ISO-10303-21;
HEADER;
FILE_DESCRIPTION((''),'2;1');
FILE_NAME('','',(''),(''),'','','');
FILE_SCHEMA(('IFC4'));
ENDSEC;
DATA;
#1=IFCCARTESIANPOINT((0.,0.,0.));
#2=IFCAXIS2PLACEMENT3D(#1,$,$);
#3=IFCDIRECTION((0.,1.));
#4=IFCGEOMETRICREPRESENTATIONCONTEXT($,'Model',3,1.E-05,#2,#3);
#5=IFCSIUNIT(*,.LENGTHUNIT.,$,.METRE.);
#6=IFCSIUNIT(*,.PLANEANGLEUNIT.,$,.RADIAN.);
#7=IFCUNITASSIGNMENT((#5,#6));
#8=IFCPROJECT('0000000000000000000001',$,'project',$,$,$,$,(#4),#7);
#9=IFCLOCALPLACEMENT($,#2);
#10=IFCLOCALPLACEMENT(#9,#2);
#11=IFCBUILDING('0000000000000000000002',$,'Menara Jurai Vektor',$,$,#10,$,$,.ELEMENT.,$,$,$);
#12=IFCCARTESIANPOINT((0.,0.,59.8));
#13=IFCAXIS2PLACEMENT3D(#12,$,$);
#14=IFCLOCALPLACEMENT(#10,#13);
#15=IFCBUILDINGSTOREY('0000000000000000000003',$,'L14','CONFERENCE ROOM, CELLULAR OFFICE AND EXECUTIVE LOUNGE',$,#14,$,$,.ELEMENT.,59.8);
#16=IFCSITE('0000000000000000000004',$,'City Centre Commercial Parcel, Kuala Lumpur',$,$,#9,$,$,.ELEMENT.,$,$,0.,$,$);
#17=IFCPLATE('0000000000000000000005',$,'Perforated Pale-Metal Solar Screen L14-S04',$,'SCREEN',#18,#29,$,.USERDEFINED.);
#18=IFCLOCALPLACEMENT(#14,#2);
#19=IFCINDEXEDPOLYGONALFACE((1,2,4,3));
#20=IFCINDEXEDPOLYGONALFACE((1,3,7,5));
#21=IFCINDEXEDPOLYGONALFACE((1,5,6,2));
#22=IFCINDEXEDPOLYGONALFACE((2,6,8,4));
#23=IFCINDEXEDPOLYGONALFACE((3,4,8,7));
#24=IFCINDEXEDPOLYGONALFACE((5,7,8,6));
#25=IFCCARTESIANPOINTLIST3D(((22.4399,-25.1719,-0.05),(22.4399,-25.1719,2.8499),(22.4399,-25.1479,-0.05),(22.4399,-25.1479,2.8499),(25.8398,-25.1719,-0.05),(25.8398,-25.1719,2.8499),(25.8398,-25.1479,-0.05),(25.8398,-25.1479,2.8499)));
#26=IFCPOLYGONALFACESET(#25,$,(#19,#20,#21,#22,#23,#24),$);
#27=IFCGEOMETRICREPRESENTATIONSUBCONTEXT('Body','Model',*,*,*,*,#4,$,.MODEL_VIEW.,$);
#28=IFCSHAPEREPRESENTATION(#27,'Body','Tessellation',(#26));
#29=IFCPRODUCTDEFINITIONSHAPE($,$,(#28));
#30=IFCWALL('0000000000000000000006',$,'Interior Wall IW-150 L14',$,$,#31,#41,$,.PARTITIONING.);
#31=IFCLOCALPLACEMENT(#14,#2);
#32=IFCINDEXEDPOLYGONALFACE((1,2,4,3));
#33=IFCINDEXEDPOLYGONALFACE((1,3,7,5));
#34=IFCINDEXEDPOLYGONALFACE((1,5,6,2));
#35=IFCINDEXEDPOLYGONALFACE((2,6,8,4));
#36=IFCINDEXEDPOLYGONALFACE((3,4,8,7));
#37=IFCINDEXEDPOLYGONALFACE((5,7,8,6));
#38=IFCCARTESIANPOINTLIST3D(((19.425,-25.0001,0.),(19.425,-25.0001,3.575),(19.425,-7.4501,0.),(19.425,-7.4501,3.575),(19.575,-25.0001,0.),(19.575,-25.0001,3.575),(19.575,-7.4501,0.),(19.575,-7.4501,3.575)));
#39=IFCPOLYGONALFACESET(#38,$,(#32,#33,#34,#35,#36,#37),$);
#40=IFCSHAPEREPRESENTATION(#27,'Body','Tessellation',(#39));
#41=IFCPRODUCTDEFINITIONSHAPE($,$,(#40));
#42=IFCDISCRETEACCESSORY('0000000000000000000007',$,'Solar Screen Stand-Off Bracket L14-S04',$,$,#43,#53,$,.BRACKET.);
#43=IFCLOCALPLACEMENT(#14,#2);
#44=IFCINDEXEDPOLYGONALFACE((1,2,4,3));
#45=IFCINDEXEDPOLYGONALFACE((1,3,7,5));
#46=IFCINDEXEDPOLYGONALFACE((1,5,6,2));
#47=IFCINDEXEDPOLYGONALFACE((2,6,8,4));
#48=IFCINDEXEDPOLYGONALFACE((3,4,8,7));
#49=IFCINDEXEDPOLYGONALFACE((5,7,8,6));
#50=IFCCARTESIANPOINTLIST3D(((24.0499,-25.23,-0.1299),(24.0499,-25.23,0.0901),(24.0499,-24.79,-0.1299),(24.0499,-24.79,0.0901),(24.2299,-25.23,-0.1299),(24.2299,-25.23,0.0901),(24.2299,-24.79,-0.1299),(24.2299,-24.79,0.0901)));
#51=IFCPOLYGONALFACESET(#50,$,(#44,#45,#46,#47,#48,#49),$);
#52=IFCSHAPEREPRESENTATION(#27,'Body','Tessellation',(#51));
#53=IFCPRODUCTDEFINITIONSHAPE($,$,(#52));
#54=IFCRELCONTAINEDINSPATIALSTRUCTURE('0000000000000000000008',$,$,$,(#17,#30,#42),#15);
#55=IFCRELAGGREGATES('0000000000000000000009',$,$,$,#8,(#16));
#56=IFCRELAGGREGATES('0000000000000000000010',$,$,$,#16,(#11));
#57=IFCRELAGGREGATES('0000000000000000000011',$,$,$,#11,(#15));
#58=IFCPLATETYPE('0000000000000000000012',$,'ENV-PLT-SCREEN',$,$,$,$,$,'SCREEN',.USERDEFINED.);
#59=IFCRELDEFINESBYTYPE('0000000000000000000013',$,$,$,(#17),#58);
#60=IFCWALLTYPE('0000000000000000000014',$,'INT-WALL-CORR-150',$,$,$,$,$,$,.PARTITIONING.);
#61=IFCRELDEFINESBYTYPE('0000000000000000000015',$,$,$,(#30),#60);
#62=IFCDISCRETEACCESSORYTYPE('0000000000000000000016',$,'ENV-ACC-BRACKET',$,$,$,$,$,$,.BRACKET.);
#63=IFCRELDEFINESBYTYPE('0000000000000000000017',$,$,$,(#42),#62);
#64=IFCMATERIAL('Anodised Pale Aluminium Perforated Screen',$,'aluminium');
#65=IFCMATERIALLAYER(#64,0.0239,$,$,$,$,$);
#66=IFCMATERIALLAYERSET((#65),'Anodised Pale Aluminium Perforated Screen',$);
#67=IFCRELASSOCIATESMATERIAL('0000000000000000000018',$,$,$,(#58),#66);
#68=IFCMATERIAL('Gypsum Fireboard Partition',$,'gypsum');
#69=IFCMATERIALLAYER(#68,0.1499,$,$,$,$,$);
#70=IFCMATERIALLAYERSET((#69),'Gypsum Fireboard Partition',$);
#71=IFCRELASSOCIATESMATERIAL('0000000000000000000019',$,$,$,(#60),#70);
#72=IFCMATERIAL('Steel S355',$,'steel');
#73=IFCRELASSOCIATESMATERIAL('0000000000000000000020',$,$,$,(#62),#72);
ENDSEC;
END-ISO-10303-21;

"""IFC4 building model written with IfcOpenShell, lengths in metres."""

from ifc_helpers import new_model, si_unit, direction, frame, frame_2d, origin, origin_2d, place, context, subcontext, project, spatial, rectangle, extrude, material, layer, layer_set, type_object, element, save


model = new_model("IFC4")

# Units and contexts
model_context = context("Model", 3, precision=1e-05, world=origin(), true_north=direction((0.0, 1.0)))
body_context = subcontext(model_context, "Body", "Model", "MODEL_VIEW")
ifc_project = project(units=[si_unit("LENGTHUNIT", "METRE"), si_unit("PLANEANGLEUNIT", "RADIAN")], contexts=[model_context])

# Site, building, storey
site_placement = place(None, origin())
site = spatial("IfcSite", under=ifc_project, at=site_placement, Name="City Centre Commercial Parcel, Kuala Lumpur", CompositionType="ELEMENT", RefElevation=0.0)
building_placement = place(site_placement, origin())
building = spatial("IfcBuilding", under=site, at=building_placement, Name="Menara Jurai Vektor", CompositionType="ELEMENT")
storey_placement = place(building_placement, frame((0.0, 0.0, 59.8)))
storey = spatial("IfcBuildingStorey", under=building, at=storey_placement, Name="L14", Description="CONFERENCE ROOM, CELLULAR OFFICE AND EXECUTIVE LOUNGE", CompositionType="ELEMENT", Elevation=59.8)

# Shared definitions
ifc_material_1 = material(Name="Steel S355", Category="steel")

# Plate
ifc_material_2 = material(Name="Anodised Pale Aluminium Perforated Screen", Category="aluminium")
ifc_layer_1 = layer(ifc_material_2, 0.0239)
ifc_layer_set_1 = layer_set([ifc_layer_1], Name="Anodised Pale Aluminium Perforated Screen")
plate_type_1 = type_object("IfcPlateType", Name="ENV-PLT-SCREEN", ElementType="SCREEN", PredefinedType="USERDEFINED", material=ifc_layer_set_1)
plate_1_placement = place(storey_placement, frame((24.1399, -25.1599, -0.05), z_axis=(0.0, 0.0, 1.0), x_axis=(1.0, 0.0, 0.0)))
element("IfcPlate", 1, at=plate_1_placement, inside=storey, type_object=plate_type_1, Name="Perforated Pale-Metal Solar Screen L14-S04", ObjectType="SCREEN", PredefinedType="USERDEFINED", context=body_context, shape_type="SweptSolid", body=[
    extrude(rectangle(XDim=3.3999, YDim=0.0239, at=origin_2d()), origin(), (0.0, 0.0, 1.0), 2.8999),
])

# Wall
ifc_material_3 = material(Name="Gypsum Fireboard Partition", Category="gypsum")
ifc_layer_2 = layer(ifc_material_3, 0.1499)
ifc_layer_set_2 = layer_set([ifc_layer_2], Name="Gypsum Fireboard Partition")
wall_type = type_object("IfcWallType", Name="INT-WALL-CORR-150", PredefinedType="PARTITIONING", material=ifc_layer_set_2)
wall_placement = place(storey_placement, frame((19.5, -25.0, 0.0), z_axis=(0.0, 0.0, 1.0), x_axis=(0.0, 1.0, 0.0)))
element("IfcWall", 2, at=wall_placement, inside=storey, type_object=wall_type, Name="Interior Wall IW-150 L14", PredefinedType="PARTITIONING", context=body_context, shape_type="SweptSolid", body=[
    extrude(rectangle(XDim=17.55, YDim=0.1499, at=frame_2d((8.7749, 0.0))), origin(), (0.0, 0.0, 1.0), 3.575),
])

# Discrete accessory
discrete_accessory_type = type_object("IfcDiscreteAccessoryType", Name="ENV-ACC-BRACKET", PredefinedType="BRACKET", material=ifc_material_1)
discrete_accessory_placement = place(storey_placement, frame((24.1399, -25.01, -0.1299), z_axis=(0.0, 0.0, 1.0), x_axis=(1.0, 0.0, 0.0)))
element("IfcDiscreteAccessory", 3, at=discrete_accessory_placement, inside=storey, type_object=discrete_accessory_type, Name="Solar Screen Stand-Off Bracket L14-S04", PredefinedType="BRACKET", context=body_context, shape_type="SweptSolid", body=[
    extrude(rectangle(XDim=0.1799, YDim=0.4399, at=origin_2d()), origin(), (0.0, 0.0, 1.0), 0.22),
])

save(model, "model.ifc")
